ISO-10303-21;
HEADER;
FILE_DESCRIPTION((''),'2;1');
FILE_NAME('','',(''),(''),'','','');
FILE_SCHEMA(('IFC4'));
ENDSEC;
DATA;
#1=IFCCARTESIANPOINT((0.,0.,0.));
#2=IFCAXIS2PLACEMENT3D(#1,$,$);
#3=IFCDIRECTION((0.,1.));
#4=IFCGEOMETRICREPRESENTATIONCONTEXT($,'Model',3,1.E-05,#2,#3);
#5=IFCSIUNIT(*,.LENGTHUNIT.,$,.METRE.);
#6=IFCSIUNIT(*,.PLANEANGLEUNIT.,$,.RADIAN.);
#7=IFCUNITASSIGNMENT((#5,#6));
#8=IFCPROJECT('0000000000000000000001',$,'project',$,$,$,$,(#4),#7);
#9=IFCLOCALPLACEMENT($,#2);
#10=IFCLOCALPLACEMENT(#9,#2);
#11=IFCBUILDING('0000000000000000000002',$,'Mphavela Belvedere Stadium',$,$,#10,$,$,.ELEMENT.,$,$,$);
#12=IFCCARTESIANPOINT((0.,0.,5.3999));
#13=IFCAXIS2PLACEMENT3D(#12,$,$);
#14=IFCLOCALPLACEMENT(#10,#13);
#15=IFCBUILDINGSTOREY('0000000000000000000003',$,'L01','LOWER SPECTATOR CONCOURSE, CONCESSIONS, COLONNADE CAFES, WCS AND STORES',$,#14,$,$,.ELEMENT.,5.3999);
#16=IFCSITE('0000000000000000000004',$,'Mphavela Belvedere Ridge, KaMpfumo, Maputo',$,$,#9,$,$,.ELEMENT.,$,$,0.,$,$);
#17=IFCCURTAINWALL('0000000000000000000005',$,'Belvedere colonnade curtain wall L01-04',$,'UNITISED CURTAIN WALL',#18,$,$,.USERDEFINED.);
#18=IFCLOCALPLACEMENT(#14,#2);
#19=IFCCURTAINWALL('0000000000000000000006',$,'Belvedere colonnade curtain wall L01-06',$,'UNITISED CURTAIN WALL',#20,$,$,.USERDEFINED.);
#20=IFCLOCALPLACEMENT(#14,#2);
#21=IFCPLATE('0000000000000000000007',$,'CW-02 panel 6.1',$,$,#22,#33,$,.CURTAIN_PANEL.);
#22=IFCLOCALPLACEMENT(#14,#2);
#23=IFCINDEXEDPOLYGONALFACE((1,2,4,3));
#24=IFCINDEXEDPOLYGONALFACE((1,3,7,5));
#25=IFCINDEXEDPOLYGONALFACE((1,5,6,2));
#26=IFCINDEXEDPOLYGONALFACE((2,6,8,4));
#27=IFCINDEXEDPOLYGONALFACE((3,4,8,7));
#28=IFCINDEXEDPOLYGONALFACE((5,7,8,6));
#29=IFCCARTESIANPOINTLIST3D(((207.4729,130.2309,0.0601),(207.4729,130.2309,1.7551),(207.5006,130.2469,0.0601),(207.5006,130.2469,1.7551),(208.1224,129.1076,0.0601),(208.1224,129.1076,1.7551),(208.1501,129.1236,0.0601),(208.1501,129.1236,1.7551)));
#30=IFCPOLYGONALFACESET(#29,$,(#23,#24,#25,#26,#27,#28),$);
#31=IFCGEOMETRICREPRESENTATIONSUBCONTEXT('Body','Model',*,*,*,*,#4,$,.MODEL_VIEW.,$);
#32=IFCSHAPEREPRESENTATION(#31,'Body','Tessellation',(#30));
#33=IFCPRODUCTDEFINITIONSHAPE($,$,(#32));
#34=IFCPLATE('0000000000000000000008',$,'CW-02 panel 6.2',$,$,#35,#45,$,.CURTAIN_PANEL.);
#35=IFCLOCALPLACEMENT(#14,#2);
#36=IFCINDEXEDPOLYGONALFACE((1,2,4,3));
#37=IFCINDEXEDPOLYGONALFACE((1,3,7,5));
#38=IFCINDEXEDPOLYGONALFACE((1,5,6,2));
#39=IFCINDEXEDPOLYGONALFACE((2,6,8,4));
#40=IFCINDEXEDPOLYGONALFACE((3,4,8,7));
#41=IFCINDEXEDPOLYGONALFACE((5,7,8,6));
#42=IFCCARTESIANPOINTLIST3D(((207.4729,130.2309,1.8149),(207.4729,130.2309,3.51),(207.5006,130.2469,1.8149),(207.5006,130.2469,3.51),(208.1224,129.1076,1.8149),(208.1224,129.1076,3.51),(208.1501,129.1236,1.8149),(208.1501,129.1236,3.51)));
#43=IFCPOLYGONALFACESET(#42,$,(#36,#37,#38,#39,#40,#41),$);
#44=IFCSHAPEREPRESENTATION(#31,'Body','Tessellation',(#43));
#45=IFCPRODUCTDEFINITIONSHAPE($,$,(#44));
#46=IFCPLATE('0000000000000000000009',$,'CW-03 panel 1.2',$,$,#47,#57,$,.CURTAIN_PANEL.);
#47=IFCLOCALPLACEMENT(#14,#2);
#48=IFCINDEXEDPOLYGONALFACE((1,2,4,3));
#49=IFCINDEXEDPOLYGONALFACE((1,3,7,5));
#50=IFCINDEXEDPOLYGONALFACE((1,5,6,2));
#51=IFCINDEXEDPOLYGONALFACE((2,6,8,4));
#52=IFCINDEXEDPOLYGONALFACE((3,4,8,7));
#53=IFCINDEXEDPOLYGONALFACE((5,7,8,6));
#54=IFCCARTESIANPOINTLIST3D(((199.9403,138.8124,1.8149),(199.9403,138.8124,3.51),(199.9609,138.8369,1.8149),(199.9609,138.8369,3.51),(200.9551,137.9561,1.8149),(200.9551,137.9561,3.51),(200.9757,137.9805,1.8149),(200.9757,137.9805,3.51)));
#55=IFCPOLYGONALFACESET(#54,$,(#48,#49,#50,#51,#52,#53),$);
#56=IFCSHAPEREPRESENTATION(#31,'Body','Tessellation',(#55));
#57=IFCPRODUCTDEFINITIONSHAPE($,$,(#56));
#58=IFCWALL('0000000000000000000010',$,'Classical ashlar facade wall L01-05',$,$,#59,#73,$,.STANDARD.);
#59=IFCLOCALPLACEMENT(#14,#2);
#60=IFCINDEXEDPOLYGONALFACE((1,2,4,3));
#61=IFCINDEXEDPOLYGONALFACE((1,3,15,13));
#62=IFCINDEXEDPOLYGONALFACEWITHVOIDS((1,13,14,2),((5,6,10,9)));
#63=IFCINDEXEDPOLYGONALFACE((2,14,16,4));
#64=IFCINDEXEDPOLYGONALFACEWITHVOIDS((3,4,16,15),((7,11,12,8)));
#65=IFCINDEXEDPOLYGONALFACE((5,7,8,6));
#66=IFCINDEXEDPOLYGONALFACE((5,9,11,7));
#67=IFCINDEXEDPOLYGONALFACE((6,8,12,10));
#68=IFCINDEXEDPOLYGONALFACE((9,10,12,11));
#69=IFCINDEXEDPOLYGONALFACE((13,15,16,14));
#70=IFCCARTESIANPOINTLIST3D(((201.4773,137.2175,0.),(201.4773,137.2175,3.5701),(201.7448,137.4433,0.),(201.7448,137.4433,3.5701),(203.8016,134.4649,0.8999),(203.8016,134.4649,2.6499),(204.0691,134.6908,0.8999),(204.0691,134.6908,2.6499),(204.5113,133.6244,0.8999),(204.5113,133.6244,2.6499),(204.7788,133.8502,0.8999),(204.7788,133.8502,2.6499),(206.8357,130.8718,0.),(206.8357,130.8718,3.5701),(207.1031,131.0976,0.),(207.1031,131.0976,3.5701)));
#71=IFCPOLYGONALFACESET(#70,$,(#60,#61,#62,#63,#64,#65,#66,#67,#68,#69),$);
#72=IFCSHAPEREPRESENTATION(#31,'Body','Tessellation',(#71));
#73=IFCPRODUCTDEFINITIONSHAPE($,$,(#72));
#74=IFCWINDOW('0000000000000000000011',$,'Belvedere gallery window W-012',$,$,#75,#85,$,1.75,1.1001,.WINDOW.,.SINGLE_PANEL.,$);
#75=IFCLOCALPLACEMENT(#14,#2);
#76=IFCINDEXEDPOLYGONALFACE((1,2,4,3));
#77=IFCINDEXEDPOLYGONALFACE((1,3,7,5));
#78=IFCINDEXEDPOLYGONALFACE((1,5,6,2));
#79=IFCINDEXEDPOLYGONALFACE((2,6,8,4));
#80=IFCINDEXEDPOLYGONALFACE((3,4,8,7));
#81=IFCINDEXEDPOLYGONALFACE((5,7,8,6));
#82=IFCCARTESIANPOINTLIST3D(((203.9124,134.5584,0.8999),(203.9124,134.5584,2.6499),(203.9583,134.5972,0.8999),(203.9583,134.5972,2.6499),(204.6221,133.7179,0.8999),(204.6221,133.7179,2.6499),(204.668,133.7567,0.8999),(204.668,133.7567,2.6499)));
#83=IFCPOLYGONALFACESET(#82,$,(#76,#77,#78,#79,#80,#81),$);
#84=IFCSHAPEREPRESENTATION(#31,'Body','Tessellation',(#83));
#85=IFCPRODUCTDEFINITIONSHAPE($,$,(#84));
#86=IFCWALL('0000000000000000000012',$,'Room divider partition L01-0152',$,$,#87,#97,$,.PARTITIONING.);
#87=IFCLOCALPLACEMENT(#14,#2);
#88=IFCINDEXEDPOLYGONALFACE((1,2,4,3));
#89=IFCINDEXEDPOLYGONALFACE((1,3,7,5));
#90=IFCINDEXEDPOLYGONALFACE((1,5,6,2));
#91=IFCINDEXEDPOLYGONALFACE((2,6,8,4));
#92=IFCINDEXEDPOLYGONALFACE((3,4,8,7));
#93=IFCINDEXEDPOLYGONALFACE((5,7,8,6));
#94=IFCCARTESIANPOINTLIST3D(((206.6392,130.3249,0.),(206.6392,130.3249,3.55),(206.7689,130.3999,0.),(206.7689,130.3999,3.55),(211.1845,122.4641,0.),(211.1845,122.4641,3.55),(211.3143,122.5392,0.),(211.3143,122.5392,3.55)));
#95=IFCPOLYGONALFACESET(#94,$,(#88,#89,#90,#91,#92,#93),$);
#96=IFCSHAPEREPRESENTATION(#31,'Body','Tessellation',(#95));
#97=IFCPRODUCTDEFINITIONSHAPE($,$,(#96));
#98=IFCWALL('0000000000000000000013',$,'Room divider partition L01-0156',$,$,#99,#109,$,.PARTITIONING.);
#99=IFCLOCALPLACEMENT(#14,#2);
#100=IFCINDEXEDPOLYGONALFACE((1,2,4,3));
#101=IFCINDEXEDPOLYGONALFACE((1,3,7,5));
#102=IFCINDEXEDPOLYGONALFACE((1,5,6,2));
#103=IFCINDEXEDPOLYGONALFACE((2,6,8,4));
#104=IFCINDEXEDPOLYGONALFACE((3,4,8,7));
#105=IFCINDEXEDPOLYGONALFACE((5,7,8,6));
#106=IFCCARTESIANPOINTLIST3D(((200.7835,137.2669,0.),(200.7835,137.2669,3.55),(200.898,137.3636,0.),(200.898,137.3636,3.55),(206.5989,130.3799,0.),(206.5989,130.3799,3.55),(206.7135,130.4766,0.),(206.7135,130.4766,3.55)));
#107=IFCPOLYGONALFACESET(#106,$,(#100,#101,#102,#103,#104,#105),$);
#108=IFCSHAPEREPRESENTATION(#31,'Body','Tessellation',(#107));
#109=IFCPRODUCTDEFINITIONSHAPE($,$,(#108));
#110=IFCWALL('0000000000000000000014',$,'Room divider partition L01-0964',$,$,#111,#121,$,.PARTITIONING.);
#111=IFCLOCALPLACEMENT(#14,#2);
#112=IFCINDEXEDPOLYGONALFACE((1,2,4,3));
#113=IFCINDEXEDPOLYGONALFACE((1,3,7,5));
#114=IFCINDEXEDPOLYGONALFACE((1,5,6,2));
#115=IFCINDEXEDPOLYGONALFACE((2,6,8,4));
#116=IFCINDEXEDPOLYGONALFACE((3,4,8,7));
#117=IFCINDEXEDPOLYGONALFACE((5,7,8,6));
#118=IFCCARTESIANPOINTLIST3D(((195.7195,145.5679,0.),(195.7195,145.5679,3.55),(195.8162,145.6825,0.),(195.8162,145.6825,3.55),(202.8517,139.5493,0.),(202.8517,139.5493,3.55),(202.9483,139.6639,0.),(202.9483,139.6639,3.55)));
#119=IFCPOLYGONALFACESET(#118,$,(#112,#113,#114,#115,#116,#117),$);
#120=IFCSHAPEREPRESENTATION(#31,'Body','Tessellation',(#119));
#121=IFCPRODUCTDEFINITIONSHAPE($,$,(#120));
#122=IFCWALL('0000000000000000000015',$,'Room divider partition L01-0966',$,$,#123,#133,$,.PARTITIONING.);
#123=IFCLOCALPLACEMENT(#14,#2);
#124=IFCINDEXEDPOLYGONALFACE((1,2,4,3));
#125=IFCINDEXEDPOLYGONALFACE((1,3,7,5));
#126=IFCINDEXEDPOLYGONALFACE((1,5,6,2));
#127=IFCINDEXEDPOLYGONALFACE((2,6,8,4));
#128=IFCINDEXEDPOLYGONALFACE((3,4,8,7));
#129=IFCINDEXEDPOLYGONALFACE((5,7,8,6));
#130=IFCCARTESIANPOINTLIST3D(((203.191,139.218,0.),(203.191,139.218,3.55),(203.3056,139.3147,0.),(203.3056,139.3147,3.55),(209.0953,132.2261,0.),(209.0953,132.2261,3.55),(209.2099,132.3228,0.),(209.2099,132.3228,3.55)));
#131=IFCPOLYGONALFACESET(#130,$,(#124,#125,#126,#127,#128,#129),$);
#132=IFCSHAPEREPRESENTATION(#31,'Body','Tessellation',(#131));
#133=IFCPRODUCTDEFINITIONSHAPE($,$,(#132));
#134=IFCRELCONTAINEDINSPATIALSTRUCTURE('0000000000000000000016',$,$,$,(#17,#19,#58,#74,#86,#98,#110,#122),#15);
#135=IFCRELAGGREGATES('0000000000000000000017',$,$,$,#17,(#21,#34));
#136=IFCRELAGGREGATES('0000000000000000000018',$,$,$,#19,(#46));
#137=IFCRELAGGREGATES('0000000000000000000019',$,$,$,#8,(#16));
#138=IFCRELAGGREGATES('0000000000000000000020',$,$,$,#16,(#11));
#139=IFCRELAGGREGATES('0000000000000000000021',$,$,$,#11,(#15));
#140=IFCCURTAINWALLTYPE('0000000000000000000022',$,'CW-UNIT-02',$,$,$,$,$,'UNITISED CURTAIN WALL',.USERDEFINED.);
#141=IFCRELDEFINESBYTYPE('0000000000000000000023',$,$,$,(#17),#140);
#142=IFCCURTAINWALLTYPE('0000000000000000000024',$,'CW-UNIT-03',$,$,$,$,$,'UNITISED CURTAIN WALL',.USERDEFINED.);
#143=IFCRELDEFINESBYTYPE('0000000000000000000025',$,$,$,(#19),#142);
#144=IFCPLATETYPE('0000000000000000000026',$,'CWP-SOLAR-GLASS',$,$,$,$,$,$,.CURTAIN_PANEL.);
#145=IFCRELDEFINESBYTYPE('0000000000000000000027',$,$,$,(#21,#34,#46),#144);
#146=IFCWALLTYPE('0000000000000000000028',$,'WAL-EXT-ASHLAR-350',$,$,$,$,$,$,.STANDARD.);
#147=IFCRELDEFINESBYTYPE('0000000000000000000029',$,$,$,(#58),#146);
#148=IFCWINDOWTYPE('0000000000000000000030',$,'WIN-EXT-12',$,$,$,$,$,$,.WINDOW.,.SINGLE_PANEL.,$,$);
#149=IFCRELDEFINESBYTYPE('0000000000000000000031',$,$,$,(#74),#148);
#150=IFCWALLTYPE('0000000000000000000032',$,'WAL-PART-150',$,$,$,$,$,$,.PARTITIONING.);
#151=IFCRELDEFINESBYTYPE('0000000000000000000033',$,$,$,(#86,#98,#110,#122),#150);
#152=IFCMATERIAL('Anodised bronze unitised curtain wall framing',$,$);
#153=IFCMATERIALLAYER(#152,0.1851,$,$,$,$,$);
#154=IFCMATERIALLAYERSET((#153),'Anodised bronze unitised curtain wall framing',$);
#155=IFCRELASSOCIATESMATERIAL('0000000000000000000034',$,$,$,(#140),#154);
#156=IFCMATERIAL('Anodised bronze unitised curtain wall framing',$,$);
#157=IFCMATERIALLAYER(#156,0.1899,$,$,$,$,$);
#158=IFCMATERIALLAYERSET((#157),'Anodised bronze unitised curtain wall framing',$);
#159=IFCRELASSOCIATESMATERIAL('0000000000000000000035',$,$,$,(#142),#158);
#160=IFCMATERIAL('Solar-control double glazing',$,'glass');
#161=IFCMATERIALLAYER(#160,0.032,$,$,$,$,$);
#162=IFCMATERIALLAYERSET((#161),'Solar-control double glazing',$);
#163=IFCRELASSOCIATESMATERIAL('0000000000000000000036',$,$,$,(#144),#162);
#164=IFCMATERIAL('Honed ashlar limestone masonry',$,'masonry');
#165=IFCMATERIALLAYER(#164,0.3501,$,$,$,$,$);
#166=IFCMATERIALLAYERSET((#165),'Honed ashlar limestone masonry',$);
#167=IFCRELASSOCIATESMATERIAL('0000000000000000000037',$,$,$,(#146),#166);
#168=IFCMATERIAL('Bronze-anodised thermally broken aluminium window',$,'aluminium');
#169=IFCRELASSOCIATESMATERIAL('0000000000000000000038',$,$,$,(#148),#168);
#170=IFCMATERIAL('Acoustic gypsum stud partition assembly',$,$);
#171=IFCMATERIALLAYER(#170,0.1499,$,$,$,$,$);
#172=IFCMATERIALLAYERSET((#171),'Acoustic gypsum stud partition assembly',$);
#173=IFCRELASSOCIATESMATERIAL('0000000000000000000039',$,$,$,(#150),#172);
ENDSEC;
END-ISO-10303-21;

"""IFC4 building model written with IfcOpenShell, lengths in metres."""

from ifc_helpers import new_model, si_unit, direction, frame, frame_2d, origin, origin_2d, place, context, subcontext, project, spatial, rectangle, extrude, material, layer, layer_set, type_object, element, fill, aggregate, save


model = new_model("IFC4")

# Units and contexts
model_context = context("Model", 3, precision=1e-05, world=origin(), true_north=direction((0.0, 1.0)))
body_context = subcontext(model_context, "Body", "Model", "MODEL_VIEW")
ifc_project = project(units=[si_unit("LENGTHUNIT", "METRE"), si_unit("PLANEANGLEUNIT", "RADIAN")], contexts=[model_context])

# Site, building, storey
site_placement = place(None, origin())
site = spatial("IfcSite", under=ifc_project, at=site_placement, Name="Mphavela Belvedere Ridge, KaMpfumo, Maputo", CompositionType="ELEMENT", RefElevation=0.0)
building_placement = place(site_placement, origin())
building = spatial("IfcBuilding", under=site, at=building_placement, Name="Mphavela Belvedere Stadium", CompositionType="ELEMENT")
storey_placement = place(building_placement, frame((0.0, 0.0, 5.3999)))
storey = spatial("IfcBuildingStorey", under=building, at=storey_placement, Name="L01", Description="LOWER SPECTATOR CONCOURSE, CONCESSIONS, COLONNADE CAFES, WCS AND STORES", CompositionType="ELEMENT", Elevation=5.3999)

# Curtain wall
ifc_material_1 = material(Name="Anodised bronze unitised curtain wall framing")
ifc_layer_1 = layer(ifc_material_1, 0.1851)
ifc_layer_set_1 = layer_set([ifc_layer_1], Name="Anodised bronze unitised curtain wall framing")
curtain_wall_type_1 = type_object("IfcCurtainWallType", Name="CW-UNIT-02", ElementType="UNITISED CURTAIN WALL", PredefinedType="USERDEFINED", material=ifc_layer_set_1)
curtain_wall_1_placement = place(storey_placement, origin())
curtain_wall_1 = element("IfcCurtainWall", 1, at=curtain_wall_1_placement, inside=storey, type_object=curtain_wall_type_1, Name="Belvedere colonnade curtain wall L01-04", ObjectType="UNITISED CURTAIN WALL", PredefinedType="USERDEFINED")

# Curtain wall
ifc_material_2 = material(Name="Anodised bronze unitised curtain wall framing")
ifc_layer_2 = layer(ifc_material_2, 0.1899)
ifc_layer_set_2 = layer_set([ifc_layer_2], Name="Anodised bronze unitised curtain wall framing")
curtain_wall_type_2 = type_object("IfcCurtainWallType", Name="CW-UNIT-03", ElementType="UNITISED CURTAIN WALL", PredefinedType="USERDEFINED", material=ifc_layer_set_2)
curtain_wall_2_placement = place(storey_placement, origin())
curtain_wall_2 = element("IfcCurtainWall", 2, at=curtain_wall_2_placement, inside=storey, type_object=curtain_wall_type_2, Name="Belvedere colonnade curtain wall L01-06", ObjectType="UNITISED CURTAIN WALL", PredefinedType="USERDEFINED")

# Plates
ifc_material_3 = material(Name="Solar-control double glazing", Category="glass")
ifc_layer_3 = layer(ifc_material_3, 0.032)
ifc_layer_set_3 = layer_set([ifc_layer_3], Name="Solar-control double glazing")
plate_type = type_object("IfcPlateType", Name="CWP-SOLAR-GLASS", PredefinedType="CURTAIN_PANEL", material=ifc_layer_set_3)
plate_1_placement = place(storey_placement, frame((207.8115, 129.6772, 0.0601), z_axis=(0.0, 0.0, 1.0), x_axis=(-0.500561, 0.865702, 0.0)))
plate_1 = element("IfcPlate", 3, at=plate_1_placement, type_object=plate_type, Name="CW-02 panel 6.1", PredefinedType="CURTAIN_PANEL", context=body_context, shape_type="SweptSolid", body=[
    extrude(rectangle(XDim=1.2976, YDim=0.032, at=origin_2d()), origin(), (0.0, 0.0, 1.0), 1.6951),
])
plate_2_placement = place(storey_placement, frame((207.8115, 129.6772, 1.8149), z_axis=(0.0, 0.0, 1.0), x_axis=(-0.500561, 0.865702, 0.0)))
plate_2 = element("IfcPlate", 4, at=plate_2_placement, type_object=plate_type, Name="CW-02 panel 6.2", PredefinedType="CURTAIN_PANEL", context=body_context, shape_type="SweptSolid", body=[
    extrude(rectangle(XDim=1.2976, YDim=0.032, at=origin_2d()), origin(), (0.0, 0.0, 1.0), 1.6951),
])
aggregate(curtain_wall_1, [plate_1, plate_2])
plate_3_placement = place(storey_placement, frame((200.458, 138.3965, 1.8149), z_axis=(0.0, 0.0, 1.0), x_axis=(-0.764259, 0.64491, 0.0)))
plate_3 = element("IfcPlate", 5, at=plate_3_placement, type_object=plate_type, Name="CW-03 panel 1.2", PredefinedType="CURTAIN_PANEL", context=body_context, shape_type="SweptSolid", body=[
    extrude(rectangle(XDim=1.3279, YDim=0.032, at=origin_2d()), origin(), (0.0, 0.0, 1.0), 1.6951),
])
aggregate(curtain_wall_2, [plate_3])

# Wall, opening, window
ifc_material_4 = material(Name="Honed ashlar limestone masonry", Category="masonry")
ifc_layer_4 = layer(ifc_material_4, 0.3501)
ifc_layer_set_4 = layer_set([ifc_layer_4], Name="Honed ashlar limestone masonry")
wall_type_1 = type_object("IfcWallType", Name="WAL-EXT-ASHLAR-350", PredefinedType="STANDARD", material=ifc_layer_set_4)
wall_1_placement = place(storey_placement, frame((206.9695, 130.9846, 0.0), z_axis=(0.0, 0.0, 1.0), x_axis=(-0.645167, 0.764042, 0.0)))
wall_1 = element("IfcWall", 6, at=wall_1_placement, inside=storey, type_object=wall_type_1, Name="Classical ashlar facade wall L01-05", PredefinedType="STANDARD", context=body_context, shape_type="SweptSolid", body=[
    extrude(rectangle(XDim=8.3054, YDim=0.3501, at=frame_2d((4.1528, 0.0))), origin(), (0.0, 0.0, 1.0), 3.5701),
])
opening_placement = place(wall_1_placement, frame((3.6028, 0.0, 0.8999)))
opening = element("IfcOpeningElement", 7, at=opening_placement, cuts=wall_1, PredefinedType="OPENING", context=body_context, shape_type="SweptSolid", body=[
    extrude(rectangle(XDim=1.1001, YDim=1.75, at=frame_2d((0.55, 0.875))), frame((0.0, 0.1851, 0.0), z_axis=(0.0, -1.0, 0.0), x_axis=(1.0, 0.0, 0.0)), (0.0, 0.0, 1.0), 0.3701),
])
ifc_material_5 = material(Name="Bronze-anodised thermally broken aluminium window", Category="aluminium")
window_type = type_object("IfcWindowType", Name="WIN-EXT-12", PartitioningType="SINGLE_PANEL", PredefinedType="WINDOW", material=ifc_material_5)
window_placement = place(opening_placement, origin())
window = element("IfcWindow", 8, at=window_placement, inside=storey, type_object=window_type, Name="Belvedere gallery window W-012", OverallHeight=1.75, OverallWidth=1.1001, PartitioningType="SINGLE_PANEL", PredefinedType="WINDOW", context=body_context, shape_type="SweptSolid", body=[
    extrude(rectangle(XDim=1.1001, YDim=1.75, at=frame_2d((0.55, 0.875))), frame((0.0, 0.03, 0.0), z_axis=(0.0, -1.0, 0.0), x_axis=(1.0, 0.0, 0.0)), (0.0, 0.0, 1.0), 0.0601),
])
fill(opening, window)

# Walls
ifc_material_6 = material(Name="Acoustic gypsum stud partition assembly")
ifc_layer_5 = layer(ifc_material_6, 0.1499)
ifc_layer_set_5 = layer_set([ifc_layer_5], Name="Acoustic gypsum stud partition assembly")
wall_type_2 = type_object("IfcWallType", Name="WAL-PART-150", PredefinedType="PARTITIONING", material=ifc_layer_set_5)
wall_2_placement = place(storey_placement, frame((206.7041, 130.3623, 0.0), z_axis=(0.0, 0.0, 1.0), x_axis=(0.500574, -0.865694, 0.0)))
element("IfcWall", 9, at=wall_2_placement, inside=storey, type_object=wall_type_2, Name="Room divider partition L01-0152", PredefinedType="PARTITIONING", context=body_context, shape_type="SweptSolid", body=[
    extrude(rectangle(XDim=9.0803, YDim=0.1499, at=frame_2d((4.54, 0.0))), origin(), (0.0, 0.0, 1.0), 3.55),
])
wall_3_placement = place(storey_placement, frame((200.8408, 137.3152, 0.0), z_axis=(0.0, 0.0, 1.0), x_axis=(0.645166, -0.764042, 0.0)))
element("IfcWall", 10, at=wall_3_placement, inside=storey, type_object=wall_type_2, Name="Room divider partition L01-0156", PredefinedType="PARTITIONING", context=body_context, shape_type="SweptSolid", body=[
    extrude(rectangle(XDim=9.0139, YDim=0.1499, at=frame_2d((4.5068, 0.0))), origin(), (0.0, 0.0, 1.0), 3.55),
])
wall_4_placement = place(storey_placement, frame((202.8999, 139.6067, 0.0), z_axis=(0.0, 0.0, 1.0), x_axis=(-0.764246, 0.644925, 0.0)))
element("IfcWall", 11, at=wall_4_placement, inside=storey, type_object=wall_type_2, Name="Room divider partition L01-0964", PredefinedType="PARTITIONING", context=body_context, shape_type="SweptSolid", body=[
    extrude(rectangle(XDim=9.3323, YDim=0.1499, at=frame_2d((4.666, 0.0))), origin(), (0.0, 0.0, 1.0), 3.55),
])
wall_5_placement = place(storey_placement, frame((209.1526, 132.2744, 0.0), z_axis=(0.0, 0.0, 1.0), x_axis=(-0.64518, 0.764031, 0.0)))
element("IfcWall", 12, at=wall_5_placement, inside=storey, type_object=wall_type_2, Name="Room divider partition L01-0966", PredefinedType="PARTITIONING", context=body_context, shape_type="SweptSolid", body=[
    extrude(rectangle(XDim=9.1514, YDim=0.1499, at=frame_2d((4.5757, 0.0))), origin(), (0.0, 0.0, 1.0), 3.55),
])

save(model, "model.ifc")
